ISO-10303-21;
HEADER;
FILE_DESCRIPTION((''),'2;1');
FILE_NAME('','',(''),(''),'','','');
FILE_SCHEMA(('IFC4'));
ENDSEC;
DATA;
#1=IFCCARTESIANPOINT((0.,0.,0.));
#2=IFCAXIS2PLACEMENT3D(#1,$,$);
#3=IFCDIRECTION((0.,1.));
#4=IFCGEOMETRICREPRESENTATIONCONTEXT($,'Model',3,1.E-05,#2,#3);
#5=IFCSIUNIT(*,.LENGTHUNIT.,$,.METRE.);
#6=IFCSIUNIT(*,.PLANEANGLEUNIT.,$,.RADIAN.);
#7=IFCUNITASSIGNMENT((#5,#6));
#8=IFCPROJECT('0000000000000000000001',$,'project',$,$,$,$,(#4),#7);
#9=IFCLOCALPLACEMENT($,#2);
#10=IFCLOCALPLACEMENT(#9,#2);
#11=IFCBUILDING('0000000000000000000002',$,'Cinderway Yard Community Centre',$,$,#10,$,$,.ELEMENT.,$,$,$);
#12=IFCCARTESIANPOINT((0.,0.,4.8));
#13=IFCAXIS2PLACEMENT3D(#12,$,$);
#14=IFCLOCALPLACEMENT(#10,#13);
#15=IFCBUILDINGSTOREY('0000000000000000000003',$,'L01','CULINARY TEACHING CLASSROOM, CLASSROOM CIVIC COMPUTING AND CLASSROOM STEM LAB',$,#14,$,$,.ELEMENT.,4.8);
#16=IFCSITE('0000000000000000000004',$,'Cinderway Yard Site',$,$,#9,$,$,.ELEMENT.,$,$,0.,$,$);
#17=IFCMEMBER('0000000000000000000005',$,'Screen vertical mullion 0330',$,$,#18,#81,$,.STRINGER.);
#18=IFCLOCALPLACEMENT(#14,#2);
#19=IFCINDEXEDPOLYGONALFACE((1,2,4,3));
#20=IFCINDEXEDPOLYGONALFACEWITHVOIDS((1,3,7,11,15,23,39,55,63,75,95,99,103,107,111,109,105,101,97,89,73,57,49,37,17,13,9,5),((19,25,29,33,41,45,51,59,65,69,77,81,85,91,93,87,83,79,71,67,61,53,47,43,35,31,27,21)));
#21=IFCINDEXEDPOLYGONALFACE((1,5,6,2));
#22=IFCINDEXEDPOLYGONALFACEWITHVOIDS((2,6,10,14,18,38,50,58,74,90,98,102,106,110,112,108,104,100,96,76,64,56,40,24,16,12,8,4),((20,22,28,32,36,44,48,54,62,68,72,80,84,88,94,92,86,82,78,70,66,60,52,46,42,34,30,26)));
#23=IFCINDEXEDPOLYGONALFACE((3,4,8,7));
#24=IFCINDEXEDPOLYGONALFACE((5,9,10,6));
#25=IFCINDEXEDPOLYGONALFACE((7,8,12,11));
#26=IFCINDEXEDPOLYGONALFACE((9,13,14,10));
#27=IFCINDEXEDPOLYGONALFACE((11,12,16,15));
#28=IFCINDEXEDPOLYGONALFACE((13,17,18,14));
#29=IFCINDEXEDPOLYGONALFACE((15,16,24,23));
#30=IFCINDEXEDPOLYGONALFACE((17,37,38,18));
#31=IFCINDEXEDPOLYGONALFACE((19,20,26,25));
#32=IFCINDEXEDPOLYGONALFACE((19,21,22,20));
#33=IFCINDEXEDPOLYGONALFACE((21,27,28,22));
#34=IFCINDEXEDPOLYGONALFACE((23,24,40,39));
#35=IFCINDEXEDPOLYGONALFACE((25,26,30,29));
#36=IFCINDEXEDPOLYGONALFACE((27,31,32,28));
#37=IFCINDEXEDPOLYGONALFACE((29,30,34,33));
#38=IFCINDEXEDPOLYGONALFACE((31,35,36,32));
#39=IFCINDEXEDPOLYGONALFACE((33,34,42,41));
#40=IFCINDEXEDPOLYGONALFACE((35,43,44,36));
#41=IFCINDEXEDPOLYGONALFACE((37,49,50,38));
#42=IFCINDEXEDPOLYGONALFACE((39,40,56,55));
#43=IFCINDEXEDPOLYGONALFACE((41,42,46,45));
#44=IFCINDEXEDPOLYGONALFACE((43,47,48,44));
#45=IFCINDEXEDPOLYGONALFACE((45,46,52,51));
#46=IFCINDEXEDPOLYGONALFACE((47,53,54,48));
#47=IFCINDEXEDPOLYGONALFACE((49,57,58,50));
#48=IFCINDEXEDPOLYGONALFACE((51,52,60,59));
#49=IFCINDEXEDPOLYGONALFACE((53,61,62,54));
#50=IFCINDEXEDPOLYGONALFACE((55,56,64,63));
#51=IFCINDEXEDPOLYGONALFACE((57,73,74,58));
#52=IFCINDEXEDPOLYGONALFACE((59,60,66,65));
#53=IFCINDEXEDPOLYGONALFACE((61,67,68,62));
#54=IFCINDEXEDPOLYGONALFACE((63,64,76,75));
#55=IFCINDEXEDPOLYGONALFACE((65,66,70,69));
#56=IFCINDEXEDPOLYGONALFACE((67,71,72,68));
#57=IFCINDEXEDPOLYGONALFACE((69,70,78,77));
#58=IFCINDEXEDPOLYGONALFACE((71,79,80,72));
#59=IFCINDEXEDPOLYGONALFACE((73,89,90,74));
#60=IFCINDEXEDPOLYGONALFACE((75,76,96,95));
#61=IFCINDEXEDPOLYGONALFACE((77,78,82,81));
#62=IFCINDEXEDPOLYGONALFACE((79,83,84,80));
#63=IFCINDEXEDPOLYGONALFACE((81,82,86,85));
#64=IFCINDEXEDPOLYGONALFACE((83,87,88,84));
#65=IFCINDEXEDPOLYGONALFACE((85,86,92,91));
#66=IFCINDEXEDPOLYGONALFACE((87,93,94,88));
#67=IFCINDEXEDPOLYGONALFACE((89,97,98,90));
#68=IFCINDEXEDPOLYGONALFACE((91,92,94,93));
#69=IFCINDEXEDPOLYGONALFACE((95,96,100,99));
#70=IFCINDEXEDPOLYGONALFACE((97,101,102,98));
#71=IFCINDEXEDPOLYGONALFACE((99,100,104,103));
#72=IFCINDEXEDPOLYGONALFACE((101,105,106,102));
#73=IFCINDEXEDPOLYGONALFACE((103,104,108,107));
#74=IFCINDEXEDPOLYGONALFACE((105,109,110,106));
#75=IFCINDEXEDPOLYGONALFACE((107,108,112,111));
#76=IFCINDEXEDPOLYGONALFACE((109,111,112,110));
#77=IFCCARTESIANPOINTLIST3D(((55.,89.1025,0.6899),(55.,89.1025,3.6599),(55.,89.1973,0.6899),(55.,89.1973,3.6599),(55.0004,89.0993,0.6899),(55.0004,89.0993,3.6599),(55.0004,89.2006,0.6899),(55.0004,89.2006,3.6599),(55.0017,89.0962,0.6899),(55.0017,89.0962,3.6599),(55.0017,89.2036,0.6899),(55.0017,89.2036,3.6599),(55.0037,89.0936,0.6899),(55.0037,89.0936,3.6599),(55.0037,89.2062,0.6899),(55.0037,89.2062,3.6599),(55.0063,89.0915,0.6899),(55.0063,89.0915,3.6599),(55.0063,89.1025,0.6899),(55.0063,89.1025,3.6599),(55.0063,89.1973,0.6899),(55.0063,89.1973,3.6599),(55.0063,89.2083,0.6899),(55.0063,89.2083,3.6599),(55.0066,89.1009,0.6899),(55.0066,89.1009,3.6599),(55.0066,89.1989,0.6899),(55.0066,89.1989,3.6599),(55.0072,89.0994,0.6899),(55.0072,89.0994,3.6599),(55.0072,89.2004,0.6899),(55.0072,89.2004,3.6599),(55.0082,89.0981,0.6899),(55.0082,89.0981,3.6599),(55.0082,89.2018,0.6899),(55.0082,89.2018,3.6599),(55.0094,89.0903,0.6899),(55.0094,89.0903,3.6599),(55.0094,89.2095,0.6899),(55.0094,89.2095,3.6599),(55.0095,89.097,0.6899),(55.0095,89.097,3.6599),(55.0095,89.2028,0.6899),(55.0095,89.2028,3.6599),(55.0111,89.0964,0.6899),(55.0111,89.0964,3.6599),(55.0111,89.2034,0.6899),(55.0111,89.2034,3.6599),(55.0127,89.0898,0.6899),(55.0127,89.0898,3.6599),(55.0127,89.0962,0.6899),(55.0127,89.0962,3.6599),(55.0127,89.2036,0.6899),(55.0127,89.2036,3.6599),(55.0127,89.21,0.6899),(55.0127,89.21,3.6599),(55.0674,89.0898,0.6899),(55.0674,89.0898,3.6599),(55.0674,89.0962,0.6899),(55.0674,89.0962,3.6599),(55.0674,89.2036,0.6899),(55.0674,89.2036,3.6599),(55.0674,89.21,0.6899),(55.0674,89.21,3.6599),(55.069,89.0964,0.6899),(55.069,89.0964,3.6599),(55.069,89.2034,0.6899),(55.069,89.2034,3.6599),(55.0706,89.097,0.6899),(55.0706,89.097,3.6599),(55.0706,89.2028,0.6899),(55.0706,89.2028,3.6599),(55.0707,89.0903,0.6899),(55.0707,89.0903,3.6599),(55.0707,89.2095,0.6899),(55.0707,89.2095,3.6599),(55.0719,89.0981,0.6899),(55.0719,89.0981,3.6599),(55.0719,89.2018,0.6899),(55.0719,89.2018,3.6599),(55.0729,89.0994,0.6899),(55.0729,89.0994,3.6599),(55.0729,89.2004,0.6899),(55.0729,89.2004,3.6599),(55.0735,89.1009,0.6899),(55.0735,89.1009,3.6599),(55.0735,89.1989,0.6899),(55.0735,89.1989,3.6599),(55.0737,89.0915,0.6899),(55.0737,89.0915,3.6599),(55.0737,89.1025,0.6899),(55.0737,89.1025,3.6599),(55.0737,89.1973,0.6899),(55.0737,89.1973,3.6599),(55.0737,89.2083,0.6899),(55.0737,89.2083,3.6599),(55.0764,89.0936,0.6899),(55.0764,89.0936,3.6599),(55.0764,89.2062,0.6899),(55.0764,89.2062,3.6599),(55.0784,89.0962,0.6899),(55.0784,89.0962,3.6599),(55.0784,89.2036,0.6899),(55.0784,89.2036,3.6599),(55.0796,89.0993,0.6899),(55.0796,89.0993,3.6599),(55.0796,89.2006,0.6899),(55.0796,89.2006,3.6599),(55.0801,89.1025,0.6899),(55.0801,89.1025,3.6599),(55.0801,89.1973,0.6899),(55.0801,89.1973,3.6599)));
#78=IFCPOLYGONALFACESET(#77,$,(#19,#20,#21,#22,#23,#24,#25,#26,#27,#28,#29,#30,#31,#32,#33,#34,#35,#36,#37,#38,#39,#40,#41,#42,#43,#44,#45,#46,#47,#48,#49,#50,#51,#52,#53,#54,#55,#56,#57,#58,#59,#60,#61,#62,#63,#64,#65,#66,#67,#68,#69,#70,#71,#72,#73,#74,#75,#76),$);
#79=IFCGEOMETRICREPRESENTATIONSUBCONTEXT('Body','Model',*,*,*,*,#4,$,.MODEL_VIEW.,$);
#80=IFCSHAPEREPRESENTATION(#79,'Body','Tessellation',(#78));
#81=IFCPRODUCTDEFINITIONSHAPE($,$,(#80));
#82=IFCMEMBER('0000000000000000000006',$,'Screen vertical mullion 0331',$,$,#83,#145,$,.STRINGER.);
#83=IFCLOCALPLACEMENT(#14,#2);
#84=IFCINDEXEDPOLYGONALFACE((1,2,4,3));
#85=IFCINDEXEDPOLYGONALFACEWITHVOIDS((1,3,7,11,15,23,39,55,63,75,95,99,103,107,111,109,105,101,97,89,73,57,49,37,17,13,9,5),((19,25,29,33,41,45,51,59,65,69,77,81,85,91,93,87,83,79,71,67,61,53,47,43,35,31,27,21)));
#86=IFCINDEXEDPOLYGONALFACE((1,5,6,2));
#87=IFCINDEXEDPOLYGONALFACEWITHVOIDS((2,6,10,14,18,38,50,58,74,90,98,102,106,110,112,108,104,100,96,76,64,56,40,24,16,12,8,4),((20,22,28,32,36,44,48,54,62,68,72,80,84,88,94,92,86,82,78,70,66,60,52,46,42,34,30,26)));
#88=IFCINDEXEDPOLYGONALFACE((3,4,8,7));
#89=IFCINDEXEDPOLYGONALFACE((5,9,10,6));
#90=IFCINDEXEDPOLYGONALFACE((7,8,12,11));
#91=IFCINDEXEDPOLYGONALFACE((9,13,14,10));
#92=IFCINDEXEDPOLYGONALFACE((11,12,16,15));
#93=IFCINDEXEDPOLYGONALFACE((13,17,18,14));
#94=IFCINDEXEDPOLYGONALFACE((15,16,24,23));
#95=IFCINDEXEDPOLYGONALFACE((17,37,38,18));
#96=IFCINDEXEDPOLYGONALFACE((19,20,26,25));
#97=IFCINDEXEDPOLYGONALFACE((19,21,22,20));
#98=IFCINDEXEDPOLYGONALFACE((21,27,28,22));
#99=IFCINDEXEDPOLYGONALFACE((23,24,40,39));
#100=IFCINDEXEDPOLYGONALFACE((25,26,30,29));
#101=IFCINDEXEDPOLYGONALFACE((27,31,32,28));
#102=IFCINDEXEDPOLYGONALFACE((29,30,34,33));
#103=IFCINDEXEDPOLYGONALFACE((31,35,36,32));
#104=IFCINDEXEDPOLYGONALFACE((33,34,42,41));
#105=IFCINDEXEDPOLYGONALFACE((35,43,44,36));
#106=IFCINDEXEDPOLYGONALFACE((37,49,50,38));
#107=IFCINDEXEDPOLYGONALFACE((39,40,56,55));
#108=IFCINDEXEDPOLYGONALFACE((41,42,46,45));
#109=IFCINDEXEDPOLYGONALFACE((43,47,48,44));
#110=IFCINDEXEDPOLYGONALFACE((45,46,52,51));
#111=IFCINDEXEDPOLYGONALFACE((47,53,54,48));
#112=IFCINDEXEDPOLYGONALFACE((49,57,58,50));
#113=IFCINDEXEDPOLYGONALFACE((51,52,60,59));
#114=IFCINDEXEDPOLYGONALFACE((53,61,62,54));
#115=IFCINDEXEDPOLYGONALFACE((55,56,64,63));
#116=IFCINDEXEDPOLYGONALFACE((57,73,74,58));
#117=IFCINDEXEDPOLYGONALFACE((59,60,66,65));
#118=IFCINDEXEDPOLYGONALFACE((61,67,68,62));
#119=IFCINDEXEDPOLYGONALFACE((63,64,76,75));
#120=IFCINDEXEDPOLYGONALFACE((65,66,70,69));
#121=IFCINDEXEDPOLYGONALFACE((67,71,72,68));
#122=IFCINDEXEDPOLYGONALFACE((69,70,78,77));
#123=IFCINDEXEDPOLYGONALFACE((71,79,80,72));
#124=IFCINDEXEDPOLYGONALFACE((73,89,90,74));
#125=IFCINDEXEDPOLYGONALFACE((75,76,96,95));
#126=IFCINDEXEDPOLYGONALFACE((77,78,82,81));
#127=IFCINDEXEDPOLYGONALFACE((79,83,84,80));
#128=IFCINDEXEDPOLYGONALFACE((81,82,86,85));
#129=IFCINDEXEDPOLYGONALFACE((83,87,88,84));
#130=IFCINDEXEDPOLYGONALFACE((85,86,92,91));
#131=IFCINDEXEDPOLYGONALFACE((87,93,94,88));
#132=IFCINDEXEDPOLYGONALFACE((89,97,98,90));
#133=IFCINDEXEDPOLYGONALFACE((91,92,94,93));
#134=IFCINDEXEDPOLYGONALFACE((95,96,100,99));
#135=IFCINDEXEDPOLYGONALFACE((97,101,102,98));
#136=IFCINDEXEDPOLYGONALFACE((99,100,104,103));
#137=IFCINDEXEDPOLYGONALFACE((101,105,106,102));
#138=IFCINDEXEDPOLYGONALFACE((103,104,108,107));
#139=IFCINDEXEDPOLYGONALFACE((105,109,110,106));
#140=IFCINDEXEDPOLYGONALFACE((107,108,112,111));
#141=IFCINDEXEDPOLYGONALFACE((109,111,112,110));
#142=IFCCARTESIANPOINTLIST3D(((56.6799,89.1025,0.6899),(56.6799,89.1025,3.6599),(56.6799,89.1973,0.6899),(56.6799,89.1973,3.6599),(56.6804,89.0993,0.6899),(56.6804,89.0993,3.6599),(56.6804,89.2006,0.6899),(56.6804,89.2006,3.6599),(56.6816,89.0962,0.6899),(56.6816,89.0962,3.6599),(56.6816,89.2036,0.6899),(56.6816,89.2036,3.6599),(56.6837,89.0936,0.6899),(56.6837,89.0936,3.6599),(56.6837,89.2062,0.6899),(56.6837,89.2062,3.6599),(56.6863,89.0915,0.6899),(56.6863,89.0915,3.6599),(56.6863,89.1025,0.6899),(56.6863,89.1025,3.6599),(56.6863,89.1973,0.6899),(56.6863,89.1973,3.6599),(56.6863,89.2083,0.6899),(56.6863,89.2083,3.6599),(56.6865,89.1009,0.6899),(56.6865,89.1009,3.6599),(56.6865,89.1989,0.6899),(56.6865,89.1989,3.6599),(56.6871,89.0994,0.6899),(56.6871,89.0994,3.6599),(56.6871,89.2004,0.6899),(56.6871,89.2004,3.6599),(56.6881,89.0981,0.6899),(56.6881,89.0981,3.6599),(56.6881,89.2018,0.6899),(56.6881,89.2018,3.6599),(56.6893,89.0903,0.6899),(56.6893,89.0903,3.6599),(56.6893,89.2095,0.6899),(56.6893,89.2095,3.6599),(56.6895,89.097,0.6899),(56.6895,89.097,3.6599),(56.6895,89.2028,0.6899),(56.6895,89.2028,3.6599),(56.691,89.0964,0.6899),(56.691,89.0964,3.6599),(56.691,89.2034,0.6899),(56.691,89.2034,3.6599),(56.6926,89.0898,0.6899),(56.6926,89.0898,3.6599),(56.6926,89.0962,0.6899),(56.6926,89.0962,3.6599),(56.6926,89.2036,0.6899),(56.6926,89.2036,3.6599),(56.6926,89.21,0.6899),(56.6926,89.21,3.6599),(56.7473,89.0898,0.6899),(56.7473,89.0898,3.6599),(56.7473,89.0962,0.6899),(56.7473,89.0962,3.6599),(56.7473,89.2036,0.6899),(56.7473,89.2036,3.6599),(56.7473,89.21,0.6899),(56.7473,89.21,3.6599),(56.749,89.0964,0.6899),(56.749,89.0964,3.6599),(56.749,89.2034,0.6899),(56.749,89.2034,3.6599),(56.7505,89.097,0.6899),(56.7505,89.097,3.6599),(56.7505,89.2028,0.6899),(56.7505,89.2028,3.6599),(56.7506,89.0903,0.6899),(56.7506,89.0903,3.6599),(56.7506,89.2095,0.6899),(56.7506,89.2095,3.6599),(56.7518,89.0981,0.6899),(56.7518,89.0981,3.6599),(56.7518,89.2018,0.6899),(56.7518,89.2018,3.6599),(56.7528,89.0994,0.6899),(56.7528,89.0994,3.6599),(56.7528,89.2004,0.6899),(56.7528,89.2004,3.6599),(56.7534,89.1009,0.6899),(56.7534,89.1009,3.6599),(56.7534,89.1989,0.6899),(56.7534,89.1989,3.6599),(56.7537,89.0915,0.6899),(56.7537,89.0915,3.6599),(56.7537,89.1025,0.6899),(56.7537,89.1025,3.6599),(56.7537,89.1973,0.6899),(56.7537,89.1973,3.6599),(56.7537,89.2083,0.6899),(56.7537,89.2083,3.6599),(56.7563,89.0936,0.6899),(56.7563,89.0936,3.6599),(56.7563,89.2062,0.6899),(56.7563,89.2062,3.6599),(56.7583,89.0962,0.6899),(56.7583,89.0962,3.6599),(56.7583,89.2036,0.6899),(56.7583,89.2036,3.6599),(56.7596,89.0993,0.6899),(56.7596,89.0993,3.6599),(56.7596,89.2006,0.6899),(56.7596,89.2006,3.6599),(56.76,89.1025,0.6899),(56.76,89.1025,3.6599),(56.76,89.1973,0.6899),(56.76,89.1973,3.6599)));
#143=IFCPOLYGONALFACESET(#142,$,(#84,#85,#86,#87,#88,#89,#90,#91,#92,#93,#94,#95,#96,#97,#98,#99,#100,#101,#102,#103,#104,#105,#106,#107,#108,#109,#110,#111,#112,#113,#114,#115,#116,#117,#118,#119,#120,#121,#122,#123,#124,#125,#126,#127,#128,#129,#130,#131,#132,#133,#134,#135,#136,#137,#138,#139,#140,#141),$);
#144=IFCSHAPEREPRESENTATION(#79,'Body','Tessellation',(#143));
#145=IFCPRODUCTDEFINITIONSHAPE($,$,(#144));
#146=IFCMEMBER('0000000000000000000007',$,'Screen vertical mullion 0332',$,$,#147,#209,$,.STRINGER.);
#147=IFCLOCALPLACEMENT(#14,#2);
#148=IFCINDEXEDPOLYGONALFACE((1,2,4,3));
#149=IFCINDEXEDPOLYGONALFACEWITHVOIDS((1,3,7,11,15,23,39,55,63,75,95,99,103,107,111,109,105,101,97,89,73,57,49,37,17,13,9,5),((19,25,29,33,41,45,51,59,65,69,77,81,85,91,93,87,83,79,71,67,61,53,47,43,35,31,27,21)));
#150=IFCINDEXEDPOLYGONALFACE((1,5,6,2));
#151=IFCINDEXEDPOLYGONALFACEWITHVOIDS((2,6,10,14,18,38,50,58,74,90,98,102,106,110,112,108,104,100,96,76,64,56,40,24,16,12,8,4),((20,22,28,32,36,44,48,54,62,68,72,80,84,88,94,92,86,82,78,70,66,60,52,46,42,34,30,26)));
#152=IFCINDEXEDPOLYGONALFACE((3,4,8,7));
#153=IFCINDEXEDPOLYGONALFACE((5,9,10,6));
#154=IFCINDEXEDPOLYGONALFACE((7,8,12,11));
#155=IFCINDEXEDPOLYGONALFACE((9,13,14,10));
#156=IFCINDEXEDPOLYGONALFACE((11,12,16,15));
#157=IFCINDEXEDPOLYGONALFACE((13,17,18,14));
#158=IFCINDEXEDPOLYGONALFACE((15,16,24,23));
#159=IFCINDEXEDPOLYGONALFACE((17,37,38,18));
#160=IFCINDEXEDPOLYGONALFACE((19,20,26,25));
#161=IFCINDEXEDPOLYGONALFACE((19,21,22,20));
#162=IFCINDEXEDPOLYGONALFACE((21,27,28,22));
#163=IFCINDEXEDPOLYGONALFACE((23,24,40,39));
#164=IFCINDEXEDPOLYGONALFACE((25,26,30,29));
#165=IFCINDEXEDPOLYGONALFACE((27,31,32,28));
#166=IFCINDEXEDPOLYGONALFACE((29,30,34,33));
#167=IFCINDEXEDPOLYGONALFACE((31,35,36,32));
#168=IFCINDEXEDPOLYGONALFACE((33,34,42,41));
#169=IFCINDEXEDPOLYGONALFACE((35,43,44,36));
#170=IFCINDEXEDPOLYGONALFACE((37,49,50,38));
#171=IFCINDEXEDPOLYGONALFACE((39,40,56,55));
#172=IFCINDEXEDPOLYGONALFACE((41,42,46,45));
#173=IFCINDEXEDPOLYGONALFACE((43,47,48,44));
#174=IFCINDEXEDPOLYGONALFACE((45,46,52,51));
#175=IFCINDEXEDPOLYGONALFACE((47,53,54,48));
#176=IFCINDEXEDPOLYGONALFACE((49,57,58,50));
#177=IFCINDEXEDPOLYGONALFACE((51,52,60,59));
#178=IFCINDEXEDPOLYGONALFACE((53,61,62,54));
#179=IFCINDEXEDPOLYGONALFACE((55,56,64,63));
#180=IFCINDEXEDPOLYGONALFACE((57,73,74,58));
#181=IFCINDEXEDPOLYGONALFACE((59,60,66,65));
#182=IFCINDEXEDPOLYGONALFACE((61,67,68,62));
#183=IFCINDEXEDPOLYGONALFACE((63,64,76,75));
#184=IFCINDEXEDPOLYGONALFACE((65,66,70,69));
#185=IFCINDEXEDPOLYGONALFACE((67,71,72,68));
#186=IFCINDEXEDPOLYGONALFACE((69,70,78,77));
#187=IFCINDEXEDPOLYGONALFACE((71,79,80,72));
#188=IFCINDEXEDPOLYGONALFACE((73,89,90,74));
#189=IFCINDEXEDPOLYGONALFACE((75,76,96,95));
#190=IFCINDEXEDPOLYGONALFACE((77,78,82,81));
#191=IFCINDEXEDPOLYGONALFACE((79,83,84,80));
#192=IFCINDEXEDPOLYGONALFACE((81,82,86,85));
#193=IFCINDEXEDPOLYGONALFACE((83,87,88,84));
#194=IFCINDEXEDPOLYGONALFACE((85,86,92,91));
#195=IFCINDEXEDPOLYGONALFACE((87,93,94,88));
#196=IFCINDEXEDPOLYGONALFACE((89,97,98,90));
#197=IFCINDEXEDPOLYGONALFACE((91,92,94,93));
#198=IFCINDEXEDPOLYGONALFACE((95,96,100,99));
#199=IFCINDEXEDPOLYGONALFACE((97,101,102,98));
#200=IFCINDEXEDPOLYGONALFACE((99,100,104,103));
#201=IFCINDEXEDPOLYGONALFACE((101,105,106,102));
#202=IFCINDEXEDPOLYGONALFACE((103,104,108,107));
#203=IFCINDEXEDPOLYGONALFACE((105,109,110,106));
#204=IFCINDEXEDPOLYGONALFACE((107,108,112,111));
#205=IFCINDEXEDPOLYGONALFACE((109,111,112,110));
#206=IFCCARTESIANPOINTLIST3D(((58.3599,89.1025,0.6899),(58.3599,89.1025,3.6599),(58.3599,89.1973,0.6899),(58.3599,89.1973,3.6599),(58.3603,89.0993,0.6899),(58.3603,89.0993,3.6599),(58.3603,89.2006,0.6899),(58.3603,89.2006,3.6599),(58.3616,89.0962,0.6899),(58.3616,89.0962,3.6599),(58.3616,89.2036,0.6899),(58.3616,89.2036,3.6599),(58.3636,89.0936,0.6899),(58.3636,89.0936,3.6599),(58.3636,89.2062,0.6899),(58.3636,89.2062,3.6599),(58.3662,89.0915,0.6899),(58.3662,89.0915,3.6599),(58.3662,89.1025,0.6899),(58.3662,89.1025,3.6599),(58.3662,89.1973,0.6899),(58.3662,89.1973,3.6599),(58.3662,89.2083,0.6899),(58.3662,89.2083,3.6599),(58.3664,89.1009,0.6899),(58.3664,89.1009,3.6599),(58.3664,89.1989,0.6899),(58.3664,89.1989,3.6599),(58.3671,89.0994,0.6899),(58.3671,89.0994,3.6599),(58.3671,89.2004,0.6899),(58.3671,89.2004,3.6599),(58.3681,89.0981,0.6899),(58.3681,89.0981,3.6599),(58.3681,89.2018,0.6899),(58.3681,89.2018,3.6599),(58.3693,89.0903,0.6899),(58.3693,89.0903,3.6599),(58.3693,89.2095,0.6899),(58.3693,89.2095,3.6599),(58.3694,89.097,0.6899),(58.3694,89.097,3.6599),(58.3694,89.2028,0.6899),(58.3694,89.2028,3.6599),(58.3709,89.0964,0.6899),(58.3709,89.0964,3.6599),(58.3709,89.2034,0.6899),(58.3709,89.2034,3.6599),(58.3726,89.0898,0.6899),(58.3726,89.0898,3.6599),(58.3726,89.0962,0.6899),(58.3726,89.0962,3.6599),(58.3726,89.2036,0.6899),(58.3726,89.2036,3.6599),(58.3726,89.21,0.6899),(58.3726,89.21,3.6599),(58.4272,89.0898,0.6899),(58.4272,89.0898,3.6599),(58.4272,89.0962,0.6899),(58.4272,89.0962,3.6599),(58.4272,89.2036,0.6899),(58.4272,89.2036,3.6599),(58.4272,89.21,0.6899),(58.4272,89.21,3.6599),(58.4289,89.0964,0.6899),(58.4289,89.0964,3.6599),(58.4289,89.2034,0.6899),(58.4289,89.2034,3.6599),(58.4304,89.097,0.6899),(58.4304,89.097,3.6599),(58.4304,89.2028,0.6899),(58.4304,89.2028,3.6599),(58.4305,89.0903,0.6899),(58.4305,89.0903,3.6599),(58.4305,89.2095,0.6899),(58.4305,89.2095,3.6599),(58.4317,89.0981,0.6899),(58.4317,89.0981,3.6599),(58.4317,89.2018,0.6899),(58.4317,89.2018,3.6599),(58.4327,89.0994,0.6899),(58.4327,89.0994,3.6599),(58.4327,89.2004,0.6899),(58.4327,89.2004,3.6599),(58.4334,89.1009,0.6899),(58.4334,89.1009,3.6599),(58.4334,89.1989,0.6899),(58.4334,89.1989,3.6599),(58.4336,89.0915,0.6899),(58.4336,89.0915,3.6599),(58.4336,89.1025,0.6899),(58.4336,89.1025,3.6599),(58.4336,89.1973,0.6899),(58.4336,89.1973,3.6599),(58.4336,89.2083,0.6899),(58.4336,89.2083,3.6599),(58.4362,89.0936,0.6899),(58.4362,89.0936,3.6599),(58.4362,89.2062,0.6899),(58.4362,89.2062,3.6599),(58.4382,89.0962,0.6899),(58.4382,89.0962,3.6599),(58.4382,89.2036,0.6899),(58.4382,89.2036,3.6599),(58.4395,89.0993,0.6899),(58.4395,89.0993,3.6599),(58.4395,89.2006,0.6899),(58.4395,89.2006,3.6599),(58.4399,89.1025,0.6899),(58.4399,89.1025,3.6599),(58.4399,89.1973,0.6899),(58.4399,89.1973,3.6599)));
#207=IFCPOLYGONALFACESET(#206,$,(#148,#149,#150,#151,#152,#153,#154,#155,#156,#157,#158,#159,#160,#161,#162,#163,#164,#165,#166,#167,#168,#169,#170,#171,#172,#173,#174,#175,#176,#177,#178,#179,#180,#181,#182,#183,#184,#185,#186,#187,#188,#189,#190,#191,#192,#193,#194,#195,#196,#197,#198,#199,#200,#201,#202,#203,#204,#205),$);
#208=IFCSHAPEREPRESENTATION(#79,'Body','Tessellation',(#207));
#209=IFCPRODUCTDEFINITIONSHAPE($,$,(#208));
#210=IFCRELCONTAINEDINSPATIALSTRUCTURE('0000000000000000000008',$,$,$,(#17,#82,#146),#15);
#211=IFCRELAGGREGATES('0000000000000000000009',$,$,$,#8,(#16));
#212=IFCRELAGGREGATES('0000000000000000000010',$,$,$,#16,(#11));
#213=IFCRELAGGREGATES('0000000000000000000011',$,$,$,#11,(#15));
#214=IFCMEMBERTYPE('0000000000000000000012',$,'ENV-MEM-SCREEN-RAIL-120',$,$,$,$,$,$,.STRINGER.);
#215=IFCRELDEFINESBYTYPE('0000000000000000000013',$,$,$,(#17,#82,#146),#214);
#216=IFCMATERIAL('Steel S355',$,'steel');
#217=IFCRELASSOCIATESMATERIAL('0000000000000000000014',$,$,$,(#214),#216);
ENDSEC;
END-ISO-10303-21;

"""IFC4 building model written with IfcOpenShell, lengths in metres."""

from ifc_helpers import new_model, si_unit, direction, frame, origin, origin_2d, place, context, subcontext, project, spatial, hollow_rectangle, extrude, material, material_profile, profile_set, type_object, element, save


model = new_model("IFC4")

# Units and contexts
model_context = context("Model", 3, precision=1e-05, world=origin(), true_north=direction((0.0, 1.0)))
body_context = subcontext(model_context, "Body", "Model", "MODEL_VIEW")
ifc_project = project(units=[si_unit("LENGTHUNIT", "METRE"), si_unit("PLANEANGLEUNIT", "RADIAN")], contexts=[model_context])

# Site, building, storey
site_placement = place(None, origin())
site = spatial("IfcSite", under=ifc_project, at=site_placement, Name="Cinderway Yard Site", CompositionType="ELEMENT", RefElevation=0.0)
building_placement = place(site_placement, origin())
building = spatial("IfcBuilding", under=site, at=building_placement, Name="Cinderway Yard Community Centre", CompositionType="ELEMENT")
storey_placement = place(building_placement, frame((0.0, 0.0, 4.8)))
storey = spatial("IfcBuildingStorey", under=building, at=storey_placement, Name="L01", Description="CULINARY TEACHING CLASSROOM, CLASSROOM CIVIC COMPUTING AND CLASSROOM STEM LAB", CompositionType="ELEMENT", Elevation=4.8)

# Members
ifc_material_1 = material(Name="Steel S355", Category="steel")
ifc_material_profile_1 = material_profile(ifc_material_1, hollow_rectangle(XDim=0.0801, YDim=0.1201, WallThickness=0.0063, InnerFilletRadius=0.0063, OuterFilletRadius=0.0127, at=origin_2d()), Name="Steel S355")
ifc_profile_set_1 = profile_set([ifc_material_profile_1], Name="Steel S355")
member_type_1 = type_object("IfcMemberType", Name="ENV-MEM-SCREEN-RAIL-120", PredefinedType="STRINGER", material=ifc_profile_set_1)
for number, where, z_axis, x_axis, name in (
    (1, (55.04, 89.1499, 0.6899), (0.0, 0.0, 1.0), (1.0, 0.0, 0.0), "Screen vertical mullion 0330"),
    (2, (56.72, 89.1499, 0.6899), (0.0, 0.0, 1.0), (1.0, 0.0, 0.0), "Screen vertical mullion 0331"),
    (3, (58.3999, 89.1499, 0.6899), (0.0, 0.0, 1.0), (1.0, 0.0, 0.0), "Screen vertical mullion 0332"),
):
    element("IfcMember", number, at=place(storey_placement, frame(where, z_axis=z_axis, x_axis=x_axis)), inside=storey, type_object=member_type_1, Name=name, PredefinedType="STRINGER", context=body_context, shape_type="SweptSolid", body=[
        extrude(hollow_rectangle(XDim=0.0801, YDim=0.1201, WallThickness=0.0063, InnerFilletRadius=0.0063, OuterFilletRadius=0.0127, at=origin_2d()), origin(), (0.0, 0.0, 1.0), 2.97),
    ])

save(model, "model.ifc")
